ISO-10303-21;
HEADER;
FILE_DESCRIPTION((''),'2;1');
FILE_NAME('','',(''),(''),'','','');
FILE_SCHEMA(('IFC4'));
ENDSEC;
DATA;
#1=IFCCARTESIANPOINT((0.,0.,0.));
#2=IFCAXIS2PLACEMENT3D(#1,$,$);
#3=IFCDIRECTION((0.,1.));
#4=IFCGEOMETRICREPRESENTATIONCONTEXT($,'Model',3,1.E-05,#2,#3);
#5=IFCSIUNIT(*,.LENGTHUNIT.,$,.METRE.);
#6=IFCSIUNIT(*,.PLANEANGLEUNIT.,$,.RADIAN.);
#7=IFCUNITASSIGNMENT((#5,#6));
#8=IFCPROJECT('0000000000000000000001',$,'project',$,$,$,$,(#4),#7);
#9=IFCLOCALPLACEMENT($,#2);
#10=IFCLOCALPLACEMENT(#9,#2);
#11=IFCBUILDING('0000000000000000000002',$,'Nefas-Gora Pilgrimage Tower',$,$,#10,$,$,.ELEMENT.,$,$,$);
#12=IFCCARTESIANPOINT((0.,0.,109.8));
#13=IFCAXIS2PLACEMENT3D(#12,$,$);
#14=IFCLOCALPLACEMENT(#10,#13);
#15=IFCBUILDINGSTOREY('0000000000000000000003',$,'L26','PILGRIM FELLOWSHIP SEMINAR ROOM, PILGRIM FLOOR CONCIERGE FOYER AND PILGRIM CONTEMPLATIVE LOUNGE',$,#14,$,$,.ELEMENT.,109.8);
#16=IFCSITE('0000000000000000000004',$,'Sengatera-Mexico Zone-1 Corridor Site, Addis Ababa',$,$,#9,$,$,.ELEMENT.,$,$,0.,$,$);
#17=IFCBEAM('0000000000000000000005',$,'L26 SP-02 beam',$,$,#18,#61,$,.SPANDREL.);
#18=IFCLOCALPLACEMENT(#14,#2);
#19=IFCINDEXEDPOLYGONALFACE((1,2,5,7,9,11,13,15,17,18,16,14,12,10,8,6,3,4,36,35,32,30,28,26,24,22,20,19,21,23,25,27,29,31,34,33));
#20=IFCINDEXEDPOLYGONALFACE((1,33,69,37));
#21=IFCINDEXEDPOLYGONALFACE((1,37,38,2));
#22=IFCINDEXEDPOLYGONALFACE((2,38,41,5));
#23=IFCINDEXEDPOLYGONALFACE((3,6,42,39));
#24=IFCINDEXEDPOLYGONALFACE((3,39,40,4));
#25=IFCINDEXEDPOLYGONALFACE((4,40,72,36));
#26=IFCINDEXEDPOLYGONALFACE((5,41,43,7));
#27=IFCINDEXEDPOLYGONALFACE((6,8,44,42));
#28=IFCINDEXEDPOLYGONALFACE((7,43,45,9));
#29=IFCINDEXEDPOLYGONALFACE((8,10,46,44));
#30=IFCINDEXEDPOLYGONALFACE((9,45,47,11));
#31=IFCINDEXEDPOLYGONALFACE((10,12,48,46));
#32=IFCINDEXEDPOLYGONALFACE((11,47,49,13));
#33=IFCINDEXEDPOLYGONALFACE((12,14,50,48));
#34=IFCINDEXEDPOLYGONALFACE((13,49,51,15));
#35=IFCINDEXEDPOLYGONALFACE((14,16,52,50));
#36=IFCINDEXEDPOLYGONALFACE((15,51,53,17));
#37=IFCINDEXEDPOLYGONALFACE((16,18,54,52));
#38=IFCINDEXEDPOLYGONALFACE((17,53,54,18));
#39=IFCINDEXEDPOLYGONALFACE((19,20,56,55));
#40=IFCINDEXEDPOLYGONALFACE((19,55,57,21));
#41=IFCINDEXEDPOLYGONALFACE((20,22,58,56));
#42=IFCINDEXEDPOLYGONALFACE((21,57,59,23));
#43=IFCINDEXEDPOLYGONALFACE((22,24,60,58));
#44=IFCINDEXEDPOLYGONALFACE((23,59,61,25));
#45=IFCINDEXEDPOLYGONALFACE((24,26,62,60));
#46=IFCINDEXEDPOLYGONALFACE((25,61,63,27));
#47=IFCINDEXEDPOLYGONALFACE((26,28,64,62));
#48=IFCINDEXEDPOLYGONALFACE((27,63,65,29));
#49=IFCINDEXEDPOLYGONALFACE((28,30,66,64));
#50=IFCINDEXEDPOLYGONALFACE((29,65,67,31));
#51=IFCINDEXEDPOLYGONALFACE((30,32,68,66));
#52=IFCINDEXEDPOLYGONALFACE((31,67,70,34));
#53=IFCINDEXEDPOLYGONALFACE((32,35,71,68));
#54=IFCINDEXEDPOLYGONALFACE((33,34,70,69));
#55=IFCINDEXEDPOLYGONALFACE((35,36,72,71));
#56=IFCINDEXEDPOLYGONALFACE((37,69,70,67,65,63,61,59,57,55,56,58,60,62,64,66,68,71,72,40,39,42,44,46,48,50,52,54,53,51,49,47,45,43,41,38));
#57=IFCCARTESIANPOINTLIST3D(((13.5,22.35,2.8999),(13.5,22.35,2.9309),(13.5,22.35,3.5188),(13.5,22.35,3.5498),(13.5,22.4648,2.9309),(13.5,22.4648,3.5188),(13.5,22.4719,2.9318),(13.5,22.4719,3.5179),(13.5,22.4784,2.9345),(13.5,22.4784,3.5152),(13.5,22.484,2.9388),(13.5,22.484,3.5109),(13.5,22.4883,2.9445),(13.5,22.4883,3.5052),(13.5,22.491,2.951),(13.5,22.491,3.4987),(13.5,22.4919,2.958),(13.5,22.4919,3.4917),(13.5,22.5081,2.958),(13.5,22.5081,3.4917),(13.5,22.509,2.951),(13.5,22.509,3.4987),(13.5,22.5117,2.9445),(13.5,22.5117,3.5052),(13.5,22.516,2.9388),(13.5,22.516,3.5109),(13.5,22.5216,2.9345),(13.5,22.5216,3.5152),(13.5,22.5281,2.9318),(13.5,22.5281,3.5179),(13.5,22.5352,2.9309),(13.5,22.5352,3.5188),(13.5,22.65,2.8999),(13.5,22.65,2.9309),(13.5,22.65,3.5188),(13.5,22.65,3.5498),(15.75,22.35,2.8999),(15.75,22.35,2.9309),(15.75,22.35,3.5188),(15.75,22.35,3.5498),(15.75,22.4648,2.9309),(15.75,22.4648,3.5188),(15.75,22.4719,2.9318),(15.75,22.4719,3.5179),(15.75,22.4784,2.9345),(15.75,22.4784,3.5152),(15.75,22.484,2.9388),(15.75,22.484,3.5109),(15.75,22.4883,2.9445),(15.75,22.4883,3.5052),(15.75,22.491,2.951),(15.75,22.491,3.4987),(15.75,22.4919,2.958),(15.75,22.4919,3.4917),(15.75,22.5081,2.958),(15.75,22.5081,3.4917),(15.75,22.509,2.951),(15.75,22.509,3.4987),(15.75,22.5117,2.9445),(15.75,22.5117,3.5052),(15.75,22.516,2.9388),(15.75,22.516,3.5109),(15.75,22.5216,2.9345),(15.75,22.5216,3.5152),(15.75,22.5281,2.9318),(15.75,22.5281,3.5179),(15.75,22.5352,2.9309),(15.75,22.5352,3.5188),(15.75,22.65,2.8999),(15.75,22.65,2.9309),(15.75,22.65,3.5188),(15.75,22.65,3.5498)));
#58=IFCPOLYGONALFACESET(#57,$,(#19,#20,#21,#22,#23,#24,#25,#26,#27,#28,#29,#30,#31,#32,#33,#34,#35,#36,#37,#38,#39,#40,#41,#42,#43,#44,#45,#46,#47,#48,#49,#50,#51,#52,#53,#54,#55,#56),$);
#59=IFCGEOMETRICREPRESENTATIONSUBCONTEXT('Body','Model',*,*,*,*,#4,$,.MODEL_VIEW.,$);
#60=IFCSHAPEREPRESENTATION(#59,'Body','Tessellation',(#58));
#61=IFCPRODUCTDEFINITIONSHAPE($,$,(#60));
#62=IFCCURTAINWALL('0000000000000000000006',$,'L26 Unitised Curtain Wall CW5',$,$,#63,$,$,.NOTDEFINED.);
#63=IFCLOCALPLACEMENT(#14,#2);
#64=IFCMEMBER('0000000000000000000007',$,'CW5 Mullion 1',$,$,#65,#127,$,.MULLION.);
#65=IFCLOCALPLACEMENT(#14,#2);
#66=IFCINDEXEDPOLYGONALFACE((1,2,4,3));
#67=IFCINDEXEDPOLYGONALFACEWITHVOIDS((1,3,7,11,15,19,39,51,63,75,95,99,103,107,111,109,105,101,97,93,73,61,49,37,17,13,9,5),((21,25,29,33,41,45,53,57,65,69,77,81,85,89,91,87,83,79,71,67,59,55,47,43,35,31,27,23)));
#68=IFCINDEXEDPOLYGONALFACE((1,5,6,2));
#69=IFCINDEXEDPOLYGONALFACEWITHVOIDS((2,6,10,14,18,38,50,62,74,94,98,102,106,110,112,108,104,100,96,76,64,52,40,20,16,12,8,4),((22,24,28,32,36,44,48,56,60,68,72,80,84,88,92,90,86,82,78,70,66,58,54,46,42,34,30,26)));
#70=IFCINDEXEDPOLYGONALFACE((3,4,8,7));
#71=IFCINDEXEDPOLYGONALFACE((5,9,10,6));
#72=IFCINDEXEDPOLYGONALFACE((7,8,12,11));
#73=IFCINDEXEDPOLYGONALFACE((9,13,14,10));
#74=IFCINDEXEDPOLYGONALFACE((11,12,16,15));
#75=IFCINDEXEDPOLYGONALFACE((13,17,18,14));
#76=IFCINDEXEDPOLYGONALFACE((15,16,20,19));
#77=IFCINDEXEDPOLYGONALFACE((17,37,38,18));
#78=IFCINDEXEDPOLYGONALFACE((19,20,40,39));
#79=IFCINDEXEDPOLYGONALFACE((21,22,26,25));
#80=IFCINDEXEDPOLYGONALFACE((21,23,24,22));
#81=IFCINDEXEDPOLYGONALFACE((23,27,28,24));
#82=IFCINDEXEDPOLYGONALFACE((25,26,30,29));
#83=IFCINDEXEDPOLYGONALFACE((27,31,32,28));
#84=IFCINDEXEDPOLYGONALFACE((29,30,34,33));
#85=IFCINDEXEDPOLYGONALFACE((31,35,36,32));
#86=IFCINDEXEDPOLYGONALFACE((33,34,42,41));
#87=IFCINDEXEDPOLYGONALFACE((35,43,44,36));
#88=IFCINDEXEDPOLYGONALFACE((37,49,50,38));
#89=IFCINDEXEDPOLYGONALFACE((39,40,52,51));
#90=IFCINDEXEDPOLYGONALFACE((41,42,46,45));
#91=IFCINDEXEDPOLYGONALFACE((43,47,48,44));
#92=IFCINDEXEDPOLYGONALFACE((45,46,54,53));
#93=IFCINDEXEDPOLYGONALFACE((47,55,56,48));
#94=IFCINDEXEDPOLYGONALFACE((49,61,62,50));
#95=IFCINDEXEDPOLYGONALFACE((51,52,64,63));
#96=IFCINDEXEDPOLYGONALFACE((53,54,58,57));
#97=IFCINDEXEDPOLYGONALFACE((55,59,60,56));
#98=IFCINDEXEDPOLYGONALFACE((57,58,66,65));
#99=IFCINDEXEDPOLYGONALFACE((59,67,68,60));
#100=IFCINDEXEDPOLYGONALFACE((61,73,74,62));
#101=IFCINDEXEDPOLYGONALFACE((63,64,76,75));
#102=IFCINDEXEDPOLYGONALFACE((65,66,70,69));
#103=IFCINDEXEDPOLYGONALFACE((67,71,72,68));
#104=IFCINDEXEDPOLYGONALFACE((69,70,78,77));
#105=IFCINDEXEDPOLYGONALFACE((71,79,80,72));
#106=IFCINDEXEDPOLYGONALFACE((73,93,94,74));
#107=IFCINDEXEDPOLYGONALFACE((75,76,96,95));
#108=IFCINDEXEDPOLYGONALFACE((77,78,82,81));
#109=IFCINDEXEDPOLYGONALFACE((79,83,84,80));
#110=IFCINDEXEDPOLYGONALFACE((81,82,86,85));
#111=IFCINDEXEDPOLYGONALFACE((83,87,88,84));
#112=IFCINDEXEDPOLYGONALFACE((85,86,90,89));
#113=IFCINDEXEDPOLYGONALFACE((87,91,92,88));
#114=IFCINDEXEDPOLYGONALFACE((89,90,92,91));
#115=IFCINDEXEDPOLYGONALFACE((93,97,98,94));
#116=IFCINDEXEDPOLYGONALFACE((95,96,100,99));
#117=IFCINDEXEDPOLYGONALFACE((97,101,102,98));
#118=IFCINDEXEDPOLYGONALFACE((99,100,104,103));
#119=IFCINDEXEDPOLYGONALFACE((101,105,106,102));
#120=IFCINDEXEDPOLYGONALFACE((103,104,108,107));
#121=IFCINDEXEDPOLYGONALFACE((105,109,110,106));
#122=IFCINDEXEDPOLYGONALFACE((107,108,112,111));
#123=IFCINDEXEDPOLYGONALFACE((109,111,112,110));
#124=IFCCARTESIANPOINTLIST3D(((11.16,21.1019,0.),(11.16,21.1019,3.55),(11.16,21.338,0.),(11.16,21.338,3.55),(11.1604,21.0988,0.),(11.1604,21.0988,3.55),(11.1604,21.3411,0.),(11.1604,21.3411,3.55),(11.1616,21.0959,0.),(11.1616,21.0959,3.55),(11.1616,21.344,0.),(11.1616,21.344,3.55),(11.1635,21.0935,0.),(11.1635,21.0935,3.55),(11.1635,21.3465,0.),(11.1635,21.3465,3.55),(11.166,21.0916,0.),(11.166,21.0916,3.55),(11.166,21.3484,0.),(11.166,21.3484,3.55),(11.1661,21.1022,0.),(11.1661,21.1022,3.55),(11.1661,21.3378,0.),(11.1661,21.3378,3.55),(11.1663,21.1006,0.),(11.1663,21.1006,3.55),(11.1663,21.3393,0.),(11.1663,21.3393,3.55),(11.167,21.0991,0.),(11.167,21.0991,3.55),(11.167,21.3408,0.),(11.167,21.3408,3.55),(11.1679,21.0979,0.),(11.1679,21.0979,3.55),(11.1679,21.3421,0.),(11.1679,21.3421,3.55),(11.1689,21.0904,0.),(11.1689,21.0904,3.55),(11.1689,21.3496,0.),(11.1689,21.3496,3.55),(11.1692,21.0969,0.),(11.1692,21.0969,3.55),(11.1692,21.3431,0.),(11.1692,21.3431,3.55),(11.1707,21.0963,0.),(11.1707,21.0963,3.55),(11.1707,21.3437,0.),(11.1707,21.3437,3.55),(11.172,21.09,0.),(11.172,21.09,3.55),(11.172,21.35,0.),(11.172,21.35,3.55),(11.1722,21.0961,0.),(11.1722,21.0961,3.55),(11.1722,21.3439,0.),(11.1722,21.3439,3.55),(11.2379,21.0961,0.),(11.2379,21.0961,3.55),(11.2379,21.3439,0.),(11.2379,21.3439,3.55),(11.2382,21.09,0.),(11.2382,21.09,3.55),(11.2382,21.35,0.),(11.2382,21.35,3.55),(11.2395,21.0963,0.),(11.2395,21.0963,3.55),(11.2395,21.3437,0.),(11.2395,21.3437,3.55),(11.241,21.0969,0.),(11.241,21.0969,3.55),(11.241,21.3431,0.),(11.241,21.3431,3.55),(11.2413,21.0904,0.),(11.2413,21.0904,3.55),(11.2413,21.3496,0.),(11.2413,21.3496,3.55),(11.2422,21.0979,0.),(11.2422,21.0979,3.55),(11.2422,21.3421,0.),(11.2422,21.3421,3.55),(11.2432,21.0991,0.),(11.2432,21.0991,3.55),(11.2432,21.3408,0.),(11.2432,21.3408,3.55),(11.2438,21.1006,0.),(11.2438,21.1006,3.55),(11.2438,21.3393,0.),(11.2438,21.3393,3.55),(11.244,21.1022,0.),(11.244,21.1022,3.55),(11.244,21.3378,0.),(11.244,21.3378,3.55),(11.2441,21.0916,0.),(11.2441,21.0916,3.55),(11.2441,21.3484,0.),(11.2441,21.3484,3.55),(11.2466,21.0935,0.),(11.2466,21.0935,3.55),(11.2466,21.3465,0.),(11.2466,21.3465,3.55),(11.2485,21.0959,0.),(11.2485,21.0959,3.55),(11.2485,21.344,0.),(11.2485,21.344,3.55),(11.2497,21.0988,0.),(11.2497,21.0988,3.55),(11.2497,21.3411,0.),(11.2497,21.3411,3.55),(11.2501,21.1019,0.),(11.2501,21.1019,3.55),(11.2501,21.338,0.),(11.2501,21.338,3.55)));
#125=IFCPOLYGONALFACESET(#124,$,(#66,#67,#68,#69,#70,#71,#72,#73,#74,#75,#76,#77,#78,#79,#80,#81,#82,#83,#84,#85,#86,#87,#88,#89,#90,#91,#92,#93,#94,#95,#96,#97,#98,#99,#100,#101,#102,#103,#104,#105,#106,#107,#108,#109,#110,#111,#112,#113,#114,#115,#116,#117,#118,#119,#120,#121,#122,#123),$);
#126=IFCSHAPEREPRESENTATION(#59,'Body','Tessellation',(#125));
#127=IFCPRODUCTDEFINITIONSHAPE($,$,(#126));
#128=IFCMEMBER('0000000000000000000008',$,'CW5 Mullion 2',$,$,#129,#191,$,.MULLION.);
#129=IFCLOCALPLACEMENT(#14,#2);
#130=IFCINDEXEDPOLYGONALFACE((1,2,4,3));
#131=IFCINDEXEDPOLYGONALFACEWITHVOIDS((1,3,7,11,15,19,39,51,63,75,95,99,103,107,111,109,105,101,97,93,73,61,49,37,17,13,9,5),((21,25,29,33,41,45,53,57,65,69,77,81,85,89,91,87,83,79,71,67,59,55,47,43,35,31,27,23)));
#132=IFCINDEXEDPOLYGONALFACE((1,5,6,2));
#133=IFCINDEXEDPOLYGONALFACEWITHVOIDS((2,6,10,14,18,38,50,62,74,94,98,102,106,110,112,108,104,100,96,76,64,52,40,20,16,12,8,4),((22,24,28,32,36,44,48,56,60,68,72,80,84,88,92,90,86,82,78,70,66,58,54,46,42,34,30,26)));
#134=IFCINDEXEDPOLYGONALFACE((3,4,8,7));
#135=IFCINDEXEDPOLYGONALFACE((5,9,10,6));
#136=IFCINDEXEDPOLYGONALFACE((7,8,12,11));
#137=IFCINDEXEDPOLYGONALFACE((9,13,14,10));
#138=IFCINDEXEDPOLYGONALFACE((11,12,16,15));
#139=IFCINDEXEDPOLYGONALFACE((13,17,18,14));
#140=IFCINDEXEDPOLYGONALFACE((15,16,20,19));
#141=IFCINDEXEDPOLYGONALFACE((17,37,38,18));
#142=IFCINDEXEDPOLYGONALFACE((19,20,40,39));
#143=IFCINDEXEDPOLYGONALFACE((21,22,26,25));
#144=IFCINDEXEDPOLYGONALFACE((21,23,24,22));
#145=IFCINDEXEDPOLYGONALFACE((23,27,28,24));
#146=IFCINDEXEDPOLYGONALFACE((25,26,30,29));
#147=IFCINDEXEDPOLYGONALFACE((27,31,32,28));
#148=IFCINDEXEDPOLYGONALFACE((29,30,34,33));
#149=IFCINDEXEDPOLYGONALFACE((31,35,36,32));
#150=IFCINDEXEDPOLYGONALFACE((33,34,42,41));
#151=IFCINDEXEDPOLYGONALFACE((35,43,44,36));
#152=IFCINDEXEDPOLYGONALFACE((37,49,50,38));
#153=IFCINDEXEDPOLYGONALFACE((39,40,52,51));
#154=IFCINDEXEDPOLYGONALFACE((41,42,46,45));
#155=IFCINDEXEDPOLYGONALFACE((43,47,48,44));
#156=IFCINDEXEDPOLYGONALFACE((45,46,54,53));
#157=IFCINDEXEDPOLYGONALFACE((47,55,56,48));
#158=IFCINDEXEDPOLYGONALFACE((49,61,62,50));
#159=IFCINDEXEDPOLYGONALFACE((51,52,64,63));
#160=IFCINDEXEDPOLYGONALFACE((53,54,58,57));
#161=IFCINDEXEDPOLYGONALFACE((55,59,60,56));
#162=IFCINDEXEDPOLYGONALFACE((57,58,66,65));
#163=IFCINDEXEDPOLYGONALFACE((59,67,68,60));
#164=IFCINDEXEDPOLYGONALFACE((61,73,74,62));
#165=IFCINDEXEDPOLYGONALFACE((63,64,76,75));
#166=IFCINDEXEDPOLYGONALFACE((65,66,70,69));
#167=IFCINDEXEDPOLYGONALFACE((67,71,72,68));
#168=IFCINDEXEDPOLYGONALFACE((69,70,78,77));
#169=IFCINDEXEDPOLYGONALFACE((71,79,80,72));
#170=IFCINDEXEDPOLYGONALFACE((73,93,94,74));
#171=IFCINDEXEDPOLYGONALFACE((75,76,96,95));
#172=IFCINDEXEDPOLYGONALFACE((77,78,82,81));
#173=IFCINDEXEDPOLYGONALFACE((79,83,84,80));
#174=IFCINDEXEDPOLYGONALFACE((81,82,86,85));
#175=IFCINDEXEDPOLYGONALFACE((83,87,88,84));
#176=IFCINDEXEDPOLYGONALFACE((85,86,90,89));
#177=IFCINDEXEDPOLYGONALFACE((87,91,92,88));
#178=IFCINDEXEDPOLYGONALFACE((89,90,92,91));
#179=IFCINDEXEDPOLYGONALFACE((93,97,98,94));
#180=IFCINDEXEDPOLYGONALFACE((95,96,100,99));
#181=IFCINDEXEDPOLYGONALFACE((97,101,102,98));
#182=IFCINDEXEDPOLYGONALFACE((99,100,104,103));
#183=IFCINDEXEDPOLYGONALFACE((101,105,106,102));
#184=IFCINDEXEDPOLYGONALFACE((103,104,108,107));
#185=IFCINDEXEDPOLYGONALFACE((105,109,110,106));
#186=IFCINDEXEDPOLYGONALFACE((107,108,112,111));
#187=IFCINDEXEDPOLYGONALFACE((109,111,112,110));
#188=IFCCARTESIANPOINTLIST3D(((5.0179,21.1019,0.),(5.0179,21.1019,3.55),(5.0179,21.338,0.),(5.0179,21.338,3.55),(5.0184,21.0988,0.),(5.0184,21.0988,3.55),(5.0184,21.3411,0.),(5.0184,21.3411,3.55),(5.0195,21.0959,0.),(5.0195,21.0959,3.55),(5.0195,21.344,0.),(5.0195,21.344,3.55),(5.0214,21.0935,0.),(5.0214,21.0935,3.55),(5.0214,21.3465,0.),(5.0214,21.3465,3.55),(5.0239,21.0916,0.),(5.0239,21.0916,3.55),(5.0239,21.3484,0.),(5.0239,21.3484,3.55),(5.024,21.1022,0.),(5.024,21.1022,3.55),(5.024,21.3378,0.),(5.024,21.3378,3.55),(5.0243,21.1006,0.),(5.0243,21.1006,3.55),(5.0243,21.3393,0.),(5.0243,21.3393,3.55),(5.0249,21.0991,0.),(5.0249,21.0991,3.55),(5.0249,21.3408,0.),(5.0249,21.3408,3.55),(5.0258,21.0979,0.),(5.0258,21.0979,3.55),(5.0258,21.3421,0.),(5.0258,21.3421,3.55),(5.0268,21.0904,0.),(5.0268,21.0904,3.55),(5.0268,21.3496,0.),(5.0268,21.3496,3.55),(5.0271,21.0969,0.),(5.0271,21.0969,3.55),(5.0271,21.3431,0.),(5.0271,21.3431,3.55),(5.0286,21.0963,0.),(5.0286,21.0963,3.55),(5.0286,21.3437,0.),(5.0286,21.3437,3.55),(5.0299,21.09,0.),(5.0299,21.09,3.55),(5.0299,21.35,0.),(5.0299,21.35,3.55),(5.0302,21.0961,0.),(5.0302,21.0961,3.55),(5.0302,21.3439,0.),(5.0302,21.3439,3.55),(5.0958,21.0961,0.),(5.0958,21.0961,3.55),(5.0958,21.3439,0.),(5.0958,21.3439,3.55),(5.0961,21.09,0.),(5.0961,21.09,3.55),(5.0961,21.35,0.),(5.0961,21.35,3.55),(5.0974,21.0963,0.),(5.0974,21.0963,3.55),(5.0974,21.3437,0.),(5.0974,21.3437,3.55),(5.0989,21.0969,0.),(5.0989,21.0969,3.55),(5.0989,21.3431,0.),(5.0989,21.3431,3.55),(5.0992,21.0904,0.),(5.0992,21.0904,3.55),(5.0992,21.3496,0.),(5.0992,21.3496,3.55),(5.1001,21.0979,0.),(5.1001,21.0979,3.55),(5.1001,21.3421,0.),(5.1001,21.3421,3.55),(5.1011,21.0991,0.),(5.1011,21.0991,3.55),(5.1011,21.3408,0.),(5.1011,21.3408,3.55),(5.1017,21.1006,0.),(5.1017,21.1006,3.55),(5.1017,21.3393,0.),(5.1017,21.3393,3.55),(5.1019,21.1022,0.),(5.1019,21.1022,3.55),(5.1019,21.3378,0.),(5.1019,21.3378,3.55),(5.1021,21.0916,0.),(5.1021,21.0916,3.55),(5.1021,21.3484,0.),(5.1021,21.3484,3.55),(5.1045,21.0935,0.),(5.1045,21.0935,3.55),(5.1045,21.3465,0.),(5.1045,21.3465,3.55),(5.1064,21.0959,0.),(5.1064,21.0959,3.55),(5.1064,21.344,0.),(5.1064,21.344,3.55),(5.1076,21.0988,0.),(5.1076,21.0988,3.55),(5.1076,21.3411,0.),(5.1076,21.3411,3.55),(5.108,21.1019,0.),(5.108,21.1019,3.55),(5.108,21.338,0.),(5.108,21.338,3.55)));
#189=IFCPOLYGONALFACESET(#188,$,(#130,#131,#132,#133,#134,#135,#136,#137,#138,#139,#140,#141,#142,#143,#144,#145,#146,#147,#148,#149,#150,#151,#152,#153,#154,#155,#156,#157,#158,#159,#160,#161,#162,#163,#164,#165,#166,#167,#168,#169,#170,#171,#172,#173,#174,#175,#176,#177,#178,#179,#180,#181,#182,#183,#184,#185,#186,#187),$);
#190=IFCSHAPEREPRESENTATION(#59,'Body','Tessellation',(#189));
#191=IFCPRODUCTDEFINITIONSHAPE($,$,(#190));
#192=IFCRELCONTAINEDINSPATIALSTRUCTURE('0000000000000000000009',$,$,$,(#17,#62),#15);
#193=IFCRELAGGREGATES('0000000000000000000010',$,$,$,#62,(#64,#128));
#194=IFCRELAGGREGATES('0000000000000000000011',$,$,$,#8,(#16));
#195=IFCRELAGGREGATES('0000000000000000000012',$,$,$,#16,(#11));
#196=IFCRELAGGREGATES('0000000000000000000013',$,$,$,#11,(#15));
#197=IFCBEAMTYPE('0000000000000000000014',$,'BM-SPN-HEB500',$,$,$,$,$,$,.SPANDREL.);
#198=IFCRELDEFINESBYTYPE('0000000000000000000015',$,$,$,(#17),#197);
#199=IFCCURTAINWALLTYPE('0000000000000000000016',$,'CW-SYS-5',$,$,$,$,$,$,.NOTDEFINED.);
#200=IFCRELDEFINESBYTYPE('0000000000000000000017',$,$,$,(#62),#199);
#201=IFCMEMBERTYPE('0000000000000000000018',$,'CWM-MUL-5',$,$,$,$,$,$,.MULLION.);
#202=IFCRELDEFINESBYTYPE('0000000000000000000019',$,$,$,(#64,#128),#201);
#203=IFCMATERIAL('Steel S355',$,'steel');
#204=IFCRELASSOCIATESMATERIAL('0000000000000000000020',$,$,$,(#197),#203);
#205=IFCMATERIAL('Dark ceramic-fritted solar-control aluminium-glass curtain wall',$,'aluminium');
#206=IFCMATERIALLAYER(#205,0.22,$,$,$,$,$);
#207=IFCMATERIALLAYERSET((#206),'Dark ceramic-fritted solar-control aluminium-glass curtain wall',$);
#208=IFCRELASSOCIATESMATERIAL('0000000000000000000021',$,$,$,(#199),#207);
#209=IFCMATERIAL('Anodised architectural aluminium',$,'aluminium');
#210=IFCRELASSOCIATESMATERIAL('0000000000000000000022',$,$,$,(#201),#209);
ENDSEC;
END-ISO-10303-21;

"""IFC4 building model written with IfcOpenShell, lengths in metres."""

from ifc_helpers import new_model, si_unit, direction, frame, origin, origin_2d, place, context, subcontext, project, spatial, hollow_rectangle, i_section, extrude, source, transform, mapped, material, layer, layer_set, material_profile, profile_set, type_object, element, aggregate, save


model = new_model("IFC4")

# Units and contexts
model_context = context("Model", 3, precision=1e-05, world=origin(), true_north=direction((0.0, 1.0)))
body_context = subcontext(model_context, "Body", "Model", "MODEL_VIEW")
ifc_project = project(units=[si_unit("LENGTHUNIT", "METRE"), si_unit("PLANEANGLEUNIT", "RADIAN")], contexts=[model_context])

# Site, building, storey
site_placement = place(None, origin())
site = spatial("IfcSite", under=ifc_project, at=site_placement, Name="Sengatera-Mexico Zone-1 Corridor Site, Addis Ababa", CompositionType="ELEMENT", RefElevation=0.0)
building_placement = place(site_placement, origin())
building = spatial("IfcBuilding", under=site, at=building_placement, Name="Nefas-Gora Pilgrimage Tower", CompositionType="ELEMENT")
storey_placement = place(building_placement, frame((0.0, 0.0, 109.8)))
storey = spatial("IfcBuildingStorey", under=building, at=storey_placement, Name="L26", Description="PILGRIM FELLOWSHIP SEMINAR ROOM, PILGRIM FLOOR CONCIERGE FOYER AND PILGRIM CONTEMPLATIVE LOUNGE", CompositionType="ELEMENT", Elevation=109.8)

# Beam
ifc_material_1 = material(Name="Steel S355", Category="steel")
ifc_material_profile_1 = material_profile(ifc_material_1, i_section(OverallWidth=0.3, OverallDepth=0.6499, WebThickness=0.0161, FlangeThickness=0.031, FilletRadius=0.0271, at=origin_2d()), Name="HEB 650")
ifc_profile_set_1 = profile_set([ifc_material_profile_1], Name="Steel S355")
beam_type_1 = type_object("IfcBeamType", Name="BM-SPN-HEB500", PredefinedType="SPANDREL", material=ifc_profile_set_1)
shared_shape_1 = source(origin(), body_context, "Body", "SweptSolid", [
    extrude(i_section(OverallWidth=0.3, OverallDepth=0.6499, WebThickness=0.0161, FlangeThickness=0.031, FilletRadius=0.0271, at=origin_2d()), origin(), (0.0, 0.0, 1.0), 2.25),
])
beam_1_placement = place(storey_placement, frame((13.5, 22.5, 3.2249), z_axis=(1.0, 0.0, 0.0), x_axis=(0.0, 1.0, 0.0)))
element("IfcBeam", 1, at=beam_1_placement, inside=storey, type_object=beam_type_1, Name="L26 SP-02 beam", PredefinedType="SPANDREL", context=body_context, shape_type="MappedRepresentation", body=[
    mapped(shared_shape_1, transform((0.0, 0.0, 0.0), x_axis=(1.0, 0.0, 0.0), y_axis=(0.0, 1.0, 0.0), z_axis=(0.0, 0.0, 1.0), scale=1.0)),
])

# Curtain wall, members
ifc_material_2 = material(Name="Dark ceramic-fritted solar-control aluminium-glass curtain wall", Category="aluminium")
ifc_layer_1 = layer(ifc_material_2, 0.22)
ifc_layer_set_1 = layer_set([ifc_layer_1], Name="Dark ceramic-fritted solar-control aluminium-glass curtain wall")
curtain_wall_type_1 = type_object("IfcCurtainWallType", Name="CW-SYS-5", PredefinedType="NOTDEFINED", material=ifc_layer_set_1)
curtain_wall_1_placement = place(storey_placement, origin())
curtain_wall_1 = element("IfcCurtainWall", 2, at=curtain_wall_1_placement, inside=storey, type_object=curtain_wall_type_1, Name="L26 Unitised Curtain Wall CW5", PredefinedType="NOTDEFINED")
ifc_material_3 = material(Name="Anodised architectural aluminium", Category="aluminium")
ifc_material_profile_2 = material_profile(ifc_material_3, hollow_rectangle(XDim=0.0901, YDim=0.26, WallThickness=0.0061, InnerFilletRadius=0.0061, OuterFilletRadius=0.012, at=origin_2d()), Name="ALU MULLION 90x260")
ifc_profile_set_2 = profile_set([ifc_material_profile_2], Name="Anodised architectural aluminium")
member_type_1 = type_object("IfcMemberType", Name="CWM-MUL-5", PredefinedType="MULLION", material=ifc_profile_set_2)
shared_shape_2 = source(origin(), body_context, "Body", "SweptSolid", [
    extrude(hollow_rectangle(XDim=0.0901, YDim=0.26, WallThickness=0.0061, InnerFilletRadius=0.0061, OuterFilletRadius=0.012, at=origin_2d()), origin(), (0.0, 0.0, 1.0), 3.55),
])
member_1_placement = place(storey_placement, frame((11.2051, 21.22, 0.0), z_axis=(0.0, 0.0, 1.0), x_axis=(-1.0, 0.0, 0.0)))
member_1 = element("IfcMember", 3, at=member_1_placement, type_object=member_type_1, Name="CW5 Mullion 1", PredefinedType="MULLION", context=body_context, shape_type="MappedRepresentation", body=[
    mapped(shared_shape_2, transform((0.0, 0.0, 0.0), x_axis=(1.0, 0.0, 0.0), y_axis=(0.0, 1.0, 0.0), z_axis=(0.0, 0.0, 1.0), scale=1.0)),
])
member_2_placement = place(storey_placement, frame((5.063, 21.22, 0.0), z_axis=(0.0, 0.0, 1.0), x_axis=(-1.0, 0.0, 0.0)))
member_2 = element("IfcMember", 4, at=member_2_placement, type_object=member_type_1, Name="CW5 Mullion 2", PredefinedType="MULLION", context=body_context, shape_type="MappedRepresentation", body=[
    mapped(shared_shape_2, transform((0.0, 0.0, 0.0), x_axis=(1.0, 0.0, 0.0), y_axis=(0.0, 1.0, 0.0), z_axis=(0.0, 0.0, 1.0), scale=1.0)),
])

aggregate(curtain_wall_1, [member_1, member_2])

save(model, "model.ifc")
